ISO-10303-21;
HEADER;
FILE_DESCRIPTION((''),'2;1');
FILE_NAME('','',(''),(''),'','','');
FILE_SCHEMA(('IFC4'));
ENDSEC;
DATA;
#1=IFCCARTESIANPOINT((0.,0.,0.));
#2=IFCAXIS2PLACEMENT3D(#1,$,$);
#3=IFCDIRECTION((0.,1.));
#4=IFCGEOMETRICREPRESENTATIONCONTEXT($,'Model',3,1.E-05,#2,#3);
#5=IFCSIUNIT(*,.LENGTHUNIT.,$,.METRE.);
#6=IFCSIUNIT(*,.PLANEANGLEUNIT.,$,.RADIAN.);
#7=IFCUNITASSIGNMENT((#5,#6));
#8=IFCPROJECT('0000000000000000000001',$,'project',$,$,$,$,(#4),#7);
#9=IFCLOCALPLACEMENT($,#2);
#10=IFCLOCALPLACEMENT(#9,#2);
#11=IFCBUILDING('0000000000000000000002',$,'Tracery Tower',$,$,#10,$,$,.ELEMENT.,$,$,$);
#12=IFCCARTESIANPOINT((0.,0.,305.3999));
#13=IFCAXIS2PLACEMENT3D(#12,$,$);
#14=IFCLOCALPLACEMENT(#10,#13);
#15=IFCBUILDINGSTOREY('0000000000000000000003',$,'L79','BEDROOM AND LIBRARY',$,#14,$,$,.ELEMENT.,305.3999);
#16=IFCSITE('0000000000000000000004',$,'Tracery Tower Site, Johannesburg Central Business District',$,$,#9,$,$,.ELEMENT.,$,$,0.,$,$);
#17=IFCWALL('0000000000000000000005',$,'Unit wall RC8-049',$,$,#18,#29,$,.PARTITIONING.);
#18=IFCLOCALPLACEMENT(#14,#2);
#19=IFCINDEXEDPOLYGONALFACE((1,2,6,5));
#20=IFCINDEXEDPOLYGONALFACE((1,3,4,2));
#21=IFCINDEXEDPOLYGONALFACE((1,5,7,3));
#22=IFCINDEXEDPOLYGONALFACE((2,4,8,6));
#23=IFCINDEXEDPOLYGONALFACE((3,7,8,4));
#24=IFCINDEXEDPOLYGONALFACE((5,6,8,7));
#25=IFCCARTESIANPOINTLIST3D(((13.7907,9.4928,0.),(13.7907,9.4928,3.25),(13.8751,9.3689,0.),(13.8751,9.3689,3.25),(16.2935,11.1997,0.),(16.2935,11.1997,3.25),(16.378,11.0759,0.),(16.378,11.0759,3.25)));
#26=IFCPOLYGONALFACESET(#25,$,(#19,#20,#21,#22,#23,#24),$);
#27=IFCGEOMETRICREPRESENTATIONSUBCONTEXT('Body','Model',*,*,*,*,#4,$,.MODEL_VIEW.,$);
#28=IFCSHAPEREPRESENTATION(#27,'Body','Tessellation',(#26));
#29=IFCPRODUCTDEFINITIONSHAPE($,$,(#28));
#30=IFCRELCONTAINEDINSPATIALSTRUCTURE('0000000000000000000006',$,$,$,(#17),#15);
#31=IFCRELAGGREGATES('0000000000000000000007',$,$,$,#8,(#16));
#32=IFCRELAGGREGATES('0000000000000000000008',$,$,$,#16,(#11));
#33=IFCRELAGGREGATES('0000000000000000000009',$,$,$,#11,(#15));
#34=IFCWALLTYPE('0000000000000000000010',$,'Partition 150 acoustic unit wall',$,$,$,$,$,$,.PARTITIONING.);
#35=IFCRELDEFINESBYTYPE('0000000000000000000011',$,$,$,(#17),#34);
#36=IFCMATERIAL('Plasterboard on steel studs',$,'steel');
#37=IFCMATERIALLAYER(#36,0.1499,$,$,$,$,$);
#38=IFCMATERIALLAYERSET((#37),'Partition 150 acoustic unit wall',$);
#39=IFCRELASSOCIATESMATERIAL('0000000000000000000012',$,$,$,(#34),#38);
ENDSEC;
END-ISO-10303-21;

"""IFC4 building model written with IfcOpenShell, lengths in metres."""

from ifc_helpers import new_model, si_unit, direction, frame, frame_2d, origin, place, context, subcontext, project, spatial, rectangle, extrude, material, layer, layer_set, type_object, element, save


model = new_model("IFC4")

# Units and contexts
model_context = context("Model", 3, precision=1e-05, world=origin(), true_north=direction((0.0, 1.0)))
body_context = subcontext(model_context, "Body", "Model", "MODEL_VIEW")
ifc_project = project(units=[si_unit("LENGTHUNIT", "METRE"), si_unit("PLANEANGLEUNIT", "RADIAN")], contexts=[model_context])

# Site, building, storey
site_placement = place(None, origin())
site = spatial("IfcSite", under=ifc_project, at=site_placement, Name="Tracery Tower Site, Johannesburg Central Business District", CompositionType="ELEMENT", RefElevation=0.0)
building_placement = place(site_placement, origin())
building = spatial("IfcBuilding", under=site, at=building_placement, Name="Tracery Tower", CompositionType="ELEMENT")
storey_placement = place(building_placement, frame((0.0, 0.0, 305.3999)))
storey = spatial("IfcBuildingStorey", under=building, at=storey_placement, Name="L79", Description="BEDROOM AND LIBRARY", CompositionType="ELEMENT", Elevation=305.3999)

# Wall
ifc_material_1 = material(Name="Plasterboard on steel studs", Category="steel")
ifc_layer_1 = layer(ifc_material_1, 0.1499)
ifc_layer_set_1 = layer_set([ifc_layer_1], Name="Partition 150 acoustic unit wall")
wall_type_1 = type_object("IfcWallType", Name="Partition 150 acoustic unit wall", PredefinedType="PARTITIONING", material=ifc_layer_set_1)
wall_1_placement = place(storey_placement, frame((13.833, 9.4309, 0.0), z_axis=(0.0, 0.0, 1.0), x_axis=(0.826152, 0.563447, 0.0)))
element("IfcWall", 1, at=wall_1_placement, inside=storey, type_object=wall_type_1, Name="Unit wall RC8-049", PredefinedType="PARTITIONING", context=body_context, shape_type="SweptSolid", body=[
    extrude(rectangle(XDim=3.0295, YDim=0.1499, at=frame_2d((1.5146, 0.0))), origin(), (0.0, 0.0, 1.0), 3.25),
])

save(model, "model.ifc")
